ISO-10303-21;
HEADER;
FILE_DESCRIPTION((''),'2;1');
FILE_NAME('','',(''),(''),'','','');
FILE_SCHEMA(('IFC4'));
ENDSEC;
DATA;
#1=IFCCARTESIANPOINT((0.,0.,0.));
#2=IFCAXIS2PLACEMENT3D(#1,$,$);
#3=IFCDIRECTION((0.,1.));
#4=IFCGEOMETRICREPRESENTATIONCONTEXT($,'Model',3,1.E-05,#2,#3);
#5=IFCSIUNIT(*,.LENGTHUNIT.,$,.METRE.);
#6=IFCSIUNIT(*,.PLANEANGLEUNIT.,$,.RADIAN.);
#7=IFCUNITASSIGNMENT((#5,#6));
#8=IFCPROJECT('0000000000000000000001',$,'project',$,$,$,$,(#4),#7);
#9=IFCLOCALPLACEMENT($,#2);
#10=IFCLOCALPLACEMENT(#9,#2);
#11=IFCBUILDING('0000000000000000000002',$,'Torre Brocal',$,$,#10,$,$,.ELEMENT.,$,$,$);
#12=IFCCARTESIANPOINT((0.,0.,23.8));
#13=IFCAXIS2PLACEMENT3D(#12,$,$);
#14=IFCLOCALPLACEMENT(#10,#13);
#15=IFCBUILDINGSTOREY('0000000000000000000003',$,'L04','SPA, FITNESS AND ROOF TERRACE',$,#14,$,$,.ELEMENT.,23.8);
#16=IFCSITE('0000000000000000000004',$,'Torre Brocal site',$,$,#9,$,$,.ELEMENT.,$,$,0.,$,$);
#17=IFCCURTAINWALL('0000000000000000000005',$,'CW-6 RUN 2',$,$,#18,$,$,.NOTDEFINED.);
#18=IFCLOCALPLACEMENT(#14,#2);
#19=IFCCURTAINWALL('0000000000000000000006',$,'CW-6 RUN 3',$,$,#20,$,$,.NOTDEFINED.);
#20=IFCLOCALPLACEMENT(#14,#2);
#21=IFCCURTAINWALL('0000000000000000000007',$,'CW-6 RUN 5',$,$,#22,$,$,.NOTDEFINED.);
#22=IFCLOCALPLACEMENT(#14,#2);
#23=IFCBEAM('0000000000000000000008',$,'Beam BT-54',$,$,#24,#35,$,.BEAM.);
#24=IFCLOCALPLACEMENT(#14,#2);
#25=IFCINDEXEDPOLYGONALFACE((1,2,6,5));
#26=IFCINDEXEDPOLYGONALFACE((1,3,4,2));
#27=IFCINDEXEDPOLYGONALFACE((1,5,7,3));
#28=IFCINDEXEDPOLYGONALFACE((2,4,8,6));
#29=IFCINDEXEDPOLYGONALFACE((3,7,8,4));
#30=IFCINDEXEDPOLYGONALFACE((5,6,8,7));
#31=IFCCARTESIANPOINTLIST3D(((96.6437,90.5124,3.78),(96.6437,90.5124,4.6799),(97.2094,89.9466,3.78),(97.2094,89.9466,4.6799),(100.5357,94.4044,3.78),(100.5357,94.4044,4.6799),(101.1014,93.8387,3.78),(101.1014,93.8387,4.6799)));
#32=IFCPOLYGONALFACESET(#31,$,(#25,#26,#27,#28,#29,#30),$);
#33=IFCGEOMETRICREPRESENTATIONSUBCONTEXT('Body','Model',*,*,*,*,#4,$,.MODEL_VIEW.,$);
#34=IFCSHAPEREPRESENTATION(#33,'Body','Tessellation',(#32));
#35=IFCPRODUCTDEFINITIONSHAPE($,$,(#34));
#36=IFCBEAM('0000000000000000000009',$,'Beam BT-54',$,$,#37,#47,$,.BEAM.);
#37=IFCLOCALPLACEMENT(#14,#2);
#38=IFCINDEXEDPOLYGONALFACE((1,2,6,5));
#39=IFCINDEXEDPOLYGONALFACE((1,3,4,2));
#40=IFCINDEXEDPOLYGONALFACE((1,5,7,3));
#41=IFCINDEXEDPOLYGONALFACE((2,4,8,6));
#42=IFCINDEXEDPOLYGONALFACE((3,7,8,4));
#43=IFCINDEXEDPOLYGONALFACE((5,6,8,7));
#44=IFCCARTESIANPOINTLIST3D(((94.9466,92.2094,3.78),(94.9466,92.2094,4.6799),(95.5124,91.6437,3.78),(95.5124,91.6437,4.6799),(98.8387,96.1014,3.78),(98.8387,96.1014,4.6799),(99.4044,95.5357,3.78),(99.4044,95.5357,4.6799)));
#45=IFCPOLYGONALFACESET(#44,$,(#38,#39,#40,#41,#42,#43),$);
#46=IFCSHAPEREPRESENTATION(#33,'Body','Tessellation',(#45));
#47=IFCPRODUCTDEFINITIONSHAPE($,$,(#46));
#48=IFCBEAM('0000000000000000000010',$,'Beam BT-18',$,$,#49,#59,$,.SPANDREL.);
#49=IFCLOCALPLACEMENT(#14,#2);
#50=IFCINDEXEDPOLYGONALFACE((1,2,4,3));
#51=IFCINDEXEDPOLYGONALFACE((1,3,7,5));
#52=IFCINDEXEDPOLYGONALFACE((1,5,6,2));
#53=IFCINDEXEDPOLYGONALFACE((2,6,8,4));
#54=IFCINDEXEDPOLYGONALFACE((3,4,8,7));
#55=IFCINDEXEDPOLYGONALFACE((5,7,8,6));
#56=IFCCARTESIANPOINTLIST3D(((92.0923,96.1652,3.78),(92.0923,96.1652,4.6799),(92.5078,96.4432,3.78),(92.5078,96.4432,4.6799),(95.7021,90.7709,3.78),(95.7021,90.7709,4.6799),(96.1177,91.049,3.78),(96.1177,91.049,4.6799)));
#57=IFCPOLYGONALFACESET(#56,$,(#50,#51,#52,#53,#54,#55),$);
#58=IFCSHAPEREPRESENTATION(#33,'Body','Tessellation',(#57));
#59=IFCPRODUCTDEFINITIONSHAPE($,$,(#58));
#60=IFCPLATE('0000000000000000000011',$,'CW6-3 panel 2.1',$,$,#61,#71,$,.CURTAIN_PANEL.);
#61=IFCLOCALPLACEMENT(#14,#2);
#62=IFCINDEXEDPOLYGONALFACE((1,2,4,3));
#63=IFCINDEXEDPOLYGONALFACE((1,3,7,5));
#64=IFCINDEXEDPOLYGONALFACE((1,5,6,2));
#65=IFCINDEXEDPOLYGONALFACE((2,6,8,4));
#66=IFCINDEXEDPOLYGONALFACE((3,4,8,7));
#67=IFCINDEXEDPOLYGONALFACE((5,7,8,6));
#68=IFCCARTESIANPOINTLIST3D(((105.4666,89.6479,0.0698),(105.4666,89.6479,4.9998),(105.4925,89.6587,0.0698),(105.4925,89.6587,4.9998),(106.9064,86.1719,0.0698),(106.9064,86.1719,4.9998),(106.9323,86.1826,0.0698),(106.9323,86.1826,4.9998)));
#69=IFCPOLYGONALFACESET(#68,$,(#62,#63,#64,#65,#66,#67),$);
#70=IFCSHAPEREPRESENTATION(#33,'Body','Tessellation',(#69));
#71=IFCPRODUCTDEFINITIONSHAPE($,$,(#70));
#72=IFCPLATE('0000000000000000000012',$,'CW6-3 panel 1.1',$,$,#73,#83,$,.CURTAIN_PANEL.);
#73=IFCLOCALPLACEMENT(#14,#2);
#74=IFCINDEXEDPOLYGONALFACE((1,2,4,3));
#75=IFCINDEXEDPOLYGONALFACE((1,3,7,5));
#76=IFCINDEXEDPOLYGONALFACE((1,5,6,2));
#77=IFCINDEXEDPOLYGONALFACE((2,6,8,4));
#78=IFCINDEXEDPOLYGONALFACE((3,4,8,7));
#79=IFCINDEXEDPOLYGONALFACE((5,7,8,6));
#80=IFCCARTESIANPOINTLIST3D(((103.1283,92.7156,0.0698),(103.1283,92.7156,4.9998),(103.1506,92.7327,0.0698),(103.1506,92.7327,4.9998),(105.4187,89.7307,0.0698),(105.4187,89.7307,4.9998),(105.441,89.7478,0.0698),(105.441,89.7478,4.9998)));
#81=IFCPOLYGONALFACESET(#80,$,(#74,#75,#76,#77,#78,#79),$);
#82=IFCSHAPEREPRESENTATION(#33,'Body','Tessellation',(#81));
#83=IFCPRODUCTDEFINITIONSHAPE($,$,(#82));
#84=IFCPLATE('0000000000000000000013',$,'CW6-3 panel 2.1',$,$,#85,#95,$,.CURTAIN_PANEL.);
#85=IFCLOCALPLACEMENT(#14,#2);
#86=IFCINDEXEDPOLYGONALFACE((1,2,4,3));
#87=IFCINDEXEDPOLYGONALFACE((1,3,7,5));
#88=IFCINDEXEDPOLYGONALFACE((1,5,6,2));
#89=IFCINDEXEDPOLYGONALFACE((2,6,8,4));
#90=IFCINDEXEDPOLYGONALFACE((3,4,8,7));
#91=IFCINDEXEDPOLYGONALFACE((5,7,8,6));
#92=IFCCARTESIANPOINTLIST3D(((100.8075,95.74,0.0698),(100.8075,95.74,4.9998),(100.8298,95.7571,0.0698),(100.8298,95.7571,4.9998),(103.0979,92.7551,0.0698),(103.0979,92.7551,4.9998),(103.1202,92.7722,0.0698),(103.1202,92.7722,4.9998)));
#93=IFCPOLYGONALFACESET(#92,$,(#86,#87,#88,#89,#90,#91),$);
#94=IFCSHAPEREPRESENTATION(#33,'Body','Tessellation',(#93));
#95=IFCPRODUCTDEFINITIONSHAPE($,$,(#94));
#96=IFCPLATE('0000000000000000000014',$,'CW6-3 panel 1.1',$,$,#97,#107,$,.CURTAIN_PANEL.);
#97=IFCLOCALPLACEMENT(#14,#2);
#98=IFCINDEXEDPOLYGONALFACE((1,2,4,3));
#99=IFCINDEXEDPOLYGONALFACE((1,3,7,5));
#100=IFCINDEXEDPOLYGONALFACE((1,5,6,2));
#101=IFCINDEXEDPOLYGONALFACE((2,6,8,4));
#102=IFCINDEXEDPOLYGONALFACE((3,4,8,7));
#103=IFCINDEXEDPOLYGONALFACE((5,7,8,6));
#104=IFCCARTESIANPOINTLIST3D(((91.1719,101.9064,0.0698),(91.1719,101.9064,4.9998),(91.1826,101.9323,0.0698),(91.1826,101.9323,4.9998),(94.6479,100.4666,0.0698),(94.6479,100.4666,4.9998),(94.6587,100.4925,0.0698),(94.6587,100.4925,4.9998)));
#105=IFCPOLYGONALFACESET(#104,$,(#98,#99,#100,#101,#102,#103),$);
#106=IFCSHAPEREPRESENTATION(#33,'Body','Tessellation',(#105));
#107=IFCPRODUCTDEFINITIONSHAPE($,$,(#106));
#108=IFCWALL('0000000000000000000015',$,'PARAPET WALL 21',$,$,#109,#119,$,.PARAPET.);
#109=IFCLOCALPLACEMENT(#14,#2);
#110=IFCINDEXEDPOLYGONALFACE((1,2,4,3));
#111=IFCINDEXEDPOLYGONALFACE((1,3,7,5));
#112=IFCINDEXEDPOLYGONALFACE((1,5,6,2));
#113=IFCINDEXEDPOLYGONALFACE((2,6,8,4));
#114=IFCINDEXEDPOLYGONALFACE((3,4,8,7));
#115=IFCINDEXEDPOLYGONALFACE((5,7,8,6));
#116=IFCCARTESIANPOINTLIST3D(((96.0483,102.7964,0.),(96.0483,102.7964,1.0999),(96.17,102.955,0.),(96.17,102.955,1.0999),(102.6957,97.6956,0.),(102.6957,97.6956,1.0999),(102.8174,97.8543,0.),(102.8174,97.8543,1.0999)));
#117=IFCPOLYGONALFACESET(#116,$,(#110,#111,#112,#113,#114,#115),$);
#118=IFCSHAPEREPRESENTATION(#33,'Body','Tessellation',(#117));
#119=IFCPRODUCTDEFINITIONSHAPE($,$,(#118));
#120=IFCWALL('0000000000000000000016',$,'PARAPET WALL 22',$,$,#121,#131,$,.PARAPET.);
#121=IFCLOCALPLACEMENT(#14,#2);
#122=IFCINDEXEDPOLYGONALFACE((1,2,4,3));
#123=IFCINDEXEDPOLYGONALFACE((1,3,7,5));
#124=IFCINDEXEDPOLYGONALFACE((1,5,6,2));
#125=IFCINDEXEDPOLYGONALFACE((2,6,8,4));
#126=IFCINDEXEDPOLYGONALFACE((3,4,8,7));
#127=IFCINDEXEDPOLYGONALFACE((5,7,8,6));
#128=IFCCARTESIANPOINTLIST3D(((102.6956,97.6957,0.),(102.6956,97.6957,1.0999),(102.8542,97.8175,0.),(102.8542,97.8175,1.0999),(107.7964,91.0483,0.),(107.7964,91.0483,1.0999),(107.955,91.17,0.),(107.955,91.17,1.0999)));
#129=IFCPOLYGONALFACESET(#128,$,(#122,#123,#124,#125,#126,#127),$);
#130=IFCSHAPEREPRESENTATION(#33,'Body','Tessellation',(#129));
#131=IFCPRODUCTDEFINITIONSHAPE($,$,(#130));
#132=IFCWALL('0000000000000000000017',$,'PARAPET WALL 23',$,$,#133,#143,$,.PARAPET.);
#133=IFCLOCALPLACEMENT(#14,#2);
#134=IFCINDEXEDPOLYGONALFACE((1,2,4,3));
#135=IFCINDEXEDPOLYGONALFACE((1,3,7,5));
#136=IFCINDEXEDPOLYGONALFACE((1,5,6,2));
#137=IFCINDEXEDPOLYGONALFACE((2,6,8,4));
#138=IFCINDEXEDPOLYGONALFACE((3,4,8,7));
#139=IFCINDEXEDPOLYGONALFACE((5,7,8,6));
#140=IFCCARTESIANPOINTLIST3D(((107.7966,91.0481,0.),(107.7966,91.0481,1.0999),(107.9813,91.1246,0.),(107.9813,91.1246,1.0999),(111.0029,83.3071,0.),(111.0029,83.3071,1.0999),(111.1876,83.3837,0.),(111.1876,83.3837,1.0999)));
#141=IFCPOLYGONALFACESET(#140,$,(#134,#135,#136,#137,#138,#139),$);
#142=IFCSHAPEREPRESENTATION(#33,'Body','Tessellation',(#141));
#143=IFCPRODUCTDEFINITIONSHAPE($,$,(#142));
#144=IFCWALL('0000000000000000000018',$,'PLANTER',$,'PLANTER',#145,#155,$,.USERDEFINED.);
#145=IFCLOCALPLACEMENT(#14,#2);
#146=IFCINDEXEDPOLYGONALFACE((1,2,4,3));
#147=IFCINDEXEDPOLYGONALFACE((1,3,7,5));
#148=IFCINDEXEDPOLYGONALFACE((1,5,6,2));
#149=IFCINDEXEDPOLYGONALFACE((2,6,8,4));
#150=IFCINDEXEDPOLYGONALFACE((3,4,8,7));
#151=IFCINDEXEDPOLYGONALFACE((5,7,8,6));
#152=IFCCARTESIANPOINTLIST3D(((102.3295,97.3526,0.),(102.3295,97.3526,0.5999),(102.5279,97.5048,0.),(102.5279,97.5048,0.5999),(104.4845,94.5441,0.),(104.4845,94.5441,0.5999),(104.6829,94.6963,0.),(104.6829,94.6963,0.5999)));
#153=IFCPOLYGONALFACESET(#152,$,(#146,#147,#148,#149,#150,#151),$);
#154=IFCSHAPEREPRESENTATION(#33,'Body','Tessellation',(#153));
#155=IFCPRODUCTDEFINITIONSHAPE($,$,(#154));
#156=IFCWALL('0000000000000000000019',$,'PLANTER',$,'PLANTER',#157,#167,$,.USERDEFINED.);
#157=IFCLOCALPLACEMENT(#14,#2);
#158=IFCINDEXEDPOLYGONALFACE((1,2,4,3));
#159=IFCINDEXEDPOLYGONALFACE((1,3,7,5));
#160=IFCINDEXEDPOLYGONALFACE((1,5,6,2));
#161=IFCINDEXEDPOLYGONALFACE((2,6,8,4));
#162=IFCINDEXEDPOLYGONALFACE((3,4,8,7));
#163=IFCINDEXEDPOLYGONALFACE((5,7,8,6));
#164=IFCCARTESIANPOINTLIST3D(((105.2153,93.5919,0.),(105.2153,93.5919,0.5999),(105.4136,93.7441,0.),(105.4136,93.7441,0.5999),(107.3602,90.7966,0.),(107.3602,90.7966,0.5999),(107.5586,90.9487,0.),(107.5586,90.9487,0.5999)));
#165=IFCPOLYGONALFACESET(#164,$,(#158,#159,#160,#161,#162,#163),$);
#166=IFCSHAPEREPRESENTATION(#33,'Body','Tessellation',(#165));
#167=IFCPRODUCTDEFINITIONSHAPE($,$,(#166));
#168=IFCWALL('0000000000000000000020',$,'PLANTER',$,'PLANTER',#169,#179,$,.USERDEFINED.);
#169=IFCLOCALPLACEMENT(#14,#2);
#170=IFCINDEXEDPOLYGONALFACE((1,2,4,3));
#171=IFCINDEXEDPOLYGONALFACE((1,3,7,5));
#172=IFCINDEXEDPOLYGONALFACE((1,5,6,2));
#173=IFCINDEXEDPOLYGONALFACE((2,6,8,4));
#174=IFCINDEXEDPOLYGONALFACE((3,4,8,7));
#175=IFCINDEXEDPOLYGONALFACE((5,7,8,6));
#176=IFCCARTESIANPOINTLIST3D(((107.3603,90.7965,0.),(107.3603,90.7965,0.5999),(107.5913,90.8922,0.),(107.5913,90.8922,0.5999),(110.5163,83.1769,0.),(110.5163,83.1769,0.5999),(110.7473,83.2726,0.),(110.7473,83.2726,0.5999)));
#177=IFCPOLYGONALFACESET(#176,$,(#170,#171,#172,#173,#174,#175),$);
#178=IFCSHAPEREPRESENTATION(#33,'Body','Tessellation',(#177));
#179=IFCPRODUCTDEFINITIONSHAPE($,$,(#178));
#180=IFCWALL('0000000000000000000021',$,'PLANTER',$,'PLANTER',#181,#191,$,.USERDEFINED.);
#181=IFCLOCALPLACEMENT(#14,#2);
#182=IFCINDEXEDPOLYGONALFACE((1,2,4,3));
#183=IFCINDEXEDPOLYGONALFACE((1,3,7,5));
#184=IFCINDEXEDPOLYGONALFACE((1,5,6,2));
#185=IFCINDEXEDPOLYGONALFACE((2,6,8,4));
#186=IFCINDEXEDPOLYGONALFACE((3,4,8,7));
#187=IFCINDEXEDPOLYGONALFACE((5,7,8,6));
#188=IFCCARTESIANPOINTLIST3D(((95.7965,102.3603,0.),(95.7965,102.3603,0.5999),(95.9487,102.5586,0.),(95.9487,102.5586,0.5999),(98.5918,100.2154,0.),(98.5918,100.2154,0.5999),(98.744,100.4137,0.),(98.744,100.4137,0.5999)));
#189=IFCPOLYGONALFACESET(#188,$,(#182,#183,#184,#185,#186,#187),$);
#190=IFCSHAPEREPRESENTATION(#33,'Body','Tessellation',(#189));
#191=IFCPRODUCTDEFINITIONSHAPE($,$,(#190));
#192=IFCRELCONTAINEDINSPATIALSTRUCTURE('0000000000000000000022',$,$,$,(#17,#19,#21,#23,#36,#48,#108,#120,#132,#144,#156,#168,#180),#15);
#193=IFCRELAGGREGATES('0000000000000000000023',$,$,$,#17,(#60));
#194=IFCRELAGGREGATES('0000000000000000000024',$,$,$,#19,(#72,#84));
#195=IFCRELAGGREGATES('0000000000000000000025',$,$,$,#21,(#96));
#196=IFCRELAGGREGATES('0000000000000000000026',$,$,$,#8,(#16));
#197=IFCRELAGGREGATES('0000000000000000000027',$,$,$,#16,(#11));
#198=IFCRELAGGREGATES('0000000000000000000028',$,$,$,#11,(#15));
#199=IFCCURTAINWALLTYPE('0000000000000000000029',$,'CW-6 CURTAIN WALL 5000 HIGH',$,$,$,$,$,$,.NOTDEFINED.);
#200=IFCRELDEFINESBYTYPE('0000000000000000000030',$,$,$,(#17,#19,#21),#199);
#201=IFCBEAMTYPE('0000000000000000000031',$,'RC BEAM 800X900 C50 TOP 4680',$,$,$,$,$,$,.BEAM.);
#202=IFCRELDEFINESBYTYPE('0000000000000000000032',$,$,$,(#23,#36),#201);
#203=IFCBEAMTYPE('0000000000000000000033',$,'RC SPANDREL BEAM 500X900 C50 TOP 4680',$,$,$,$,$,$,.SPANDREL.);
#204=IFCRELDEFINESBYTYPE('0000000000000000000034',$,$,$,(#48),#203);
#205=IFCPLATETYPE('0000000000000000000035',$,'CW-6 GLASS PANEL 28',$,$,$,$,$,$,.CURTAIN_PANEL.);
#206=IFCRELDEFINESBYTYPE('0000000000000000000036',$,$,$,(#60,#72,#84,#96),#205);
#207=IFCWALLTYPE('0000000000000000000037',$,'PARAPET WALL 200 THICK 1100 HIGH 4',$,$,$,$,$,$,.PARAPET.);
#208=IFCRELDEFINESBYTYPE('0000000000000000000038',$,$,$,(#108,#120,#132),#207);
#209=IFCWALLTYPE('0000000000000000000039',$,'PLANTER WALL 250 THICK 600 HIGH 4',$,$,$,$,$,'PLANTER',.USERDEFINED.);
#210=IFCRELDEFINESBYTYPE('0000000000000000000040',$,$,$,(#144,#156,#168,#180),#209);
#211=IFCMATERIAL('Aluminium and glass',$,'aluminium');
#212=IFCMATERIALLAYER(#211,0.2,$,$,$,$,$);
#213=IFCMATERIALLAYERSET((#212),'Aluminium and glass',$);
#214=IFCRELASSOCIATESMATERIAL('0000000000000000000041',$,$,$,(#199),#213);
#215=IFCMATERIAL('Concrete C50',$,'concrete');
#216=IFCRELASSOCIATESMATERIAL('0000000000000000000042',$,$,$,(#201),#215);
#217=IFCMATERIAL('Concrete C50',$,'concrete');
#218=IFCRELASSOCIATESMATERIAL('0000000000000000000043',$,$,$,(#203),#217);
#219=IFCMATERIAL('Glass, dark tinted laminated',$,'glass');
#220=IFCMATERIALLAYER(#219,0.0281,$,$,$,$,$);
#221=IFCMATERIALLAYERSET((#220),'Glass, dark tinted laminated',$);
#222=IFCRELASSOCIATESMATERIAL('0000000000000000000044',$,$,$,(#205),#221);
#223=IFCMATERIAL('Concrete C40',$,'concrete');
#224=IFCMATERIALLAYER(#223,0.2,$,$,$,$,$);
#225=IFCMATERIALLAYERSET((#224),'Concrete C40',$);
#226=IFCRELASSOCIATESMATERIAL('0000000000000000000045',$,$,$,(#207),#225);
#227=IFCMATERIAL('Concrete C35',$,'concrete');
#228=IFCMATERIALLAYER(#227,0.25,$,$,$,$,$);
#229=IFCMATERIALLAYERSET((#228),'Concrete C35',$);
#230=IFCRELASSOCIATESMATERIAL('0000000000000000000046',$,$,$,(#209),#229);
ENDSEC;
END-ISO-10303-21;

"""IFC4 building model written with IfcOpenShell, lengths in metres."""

from ifc_helpers import new_model, si_unit, direction, frame, frame_2d, origin, origin_2d, place, context, subcontext, project, spatial, rectangle, extrude, material, layer, layer_set, material_profile, profile_set, type_object, element, aggregate, save


model = new_model("IFC4")

# Units and contexts
model_context = context("Model", 3, precision=1e-05, world=origin(), true_north=direction((0.0, 1.0)))
body_context = subcontext(model_context, "Body", "Model", "MODEL_VIEW")
ifc_project = project(units=[si_unit("LENGTHUNIT", "METRE"), si_unit("PLANEANGLEUNIT", "RADIAN")], contexts=[model_context])

# Site, building, storey
site_placement = place(None, origin())
site = spatial("IfcSite", under=ifc_project, at=site_placement, Name="Torre Brocal site", CompositionType="ELEMENT", RefElevation=0.0)
building_placement = place(site_placement, origin())
building = spatial("IfcBuilding", under=site, at=building_placement, Name="Torre Brocal", CompositionType="ELEMENT")
storey_placement = place(building_placement, frame((0.0, 0.0, 23.8)))
storey = spatial("IfcBuildingStorey", under=building, at=storey_placement, Name="L04", Description="SPA, FITNESS AND ROOF TERRACE", CompositionType="ELEMENT", Elevation=23.8)

# Curtain wall
ifc_material_1 = material(Name="Aluminium and glass", Category="aluminium")
ifc_layer_1 = layer(ifc_material_1, 0.2)
ifc_layer_set_1 = layer_set([ifc_layer_1], Name="Aluminium and glass")
curtain_wall_type = type_object("IfcCurtainWallType", Name="CW-6 CURTAIN WALL 5000 HIGH", PredefinedType="NOTDEFINED", material=ifc_layer_set_1)
curtain_wall_1_placement = place(storey_placement, origin())
curtain_wall_1 = element("IfcCurtainWall", 1, at=curtain_wall_1_placement, inside=storey, type_object=curtain_wall_type, Name="CW-6 RUN 2", PredefinedType="NOTDEFINED")

# Curtain wall
curtain_wall_2_placement = place(storey_placement, origin())
curtain_wall_2 = element("IfcCurtainWall", 2, at=curtain_wall_2_placement, inside=storey, type_object=curtain_wall_type, Name="CW-6 RUN 3", PredefinedType="NOTDEFINED")

# Curtain wall
curtain_wall_3_placement = place(storey_placement, origin())
curtain_wall_3 = element("IfcCurtainWall", 3, at=curtain_wall_3_placement, inside=storey, type_object=curtain_wall_type, Name="CW-6 RUN 5", PredefinedType="NOTDEFINED")

# Beams
ifc_material_2 = material(Name="Concrete C50", Category="concrete")
ifc_material_profile_1 = material_profile(ifc_material_2, rectangle(XDim=0.8, YDim=0.8999, at=origin_2d()), Name="RC 800X900")
ifc_profile_set_1 = profile_set([ifc_material_profile_1], Name="Concrete C50")
beam_type_1 = type_object("IfcBeamType", Name="RC BEAM 800X900 C50 TOP 4680", PredefinedType="BEAM", material=ifc_profile_set_1)
for number, where, z_axis, x_axis, name in (
    (4, (96.9265, 90.2295, 4.23), (0.707107, 0.707107, 0.0), (-0.707107, 0.707107, 0.0), "Beam BT-54"),
    (5, (95.2295, 91.9265, 4.23), (0.707107, 0.707107, 0.0), (-0.707107, 0.707107, 0.0), "Beam BT-54"),
):
    element("IfcBeam", number, at=place(storey_placement, frame(where, z_axis=z_axis, x_axis=x_axis)), inside=storey, type_object=beam_type_1, Name=name, PredefinedType="BEAM", context=body_context, shape_type="SweptSolid", body=[
        extrude(rectangle(XDim=0.8, YDim=0.8999, at=origin_2d()), origin(), (0.0, 0.0, 1.0), 5.5042),
    ])
ifc_material_3 = material(Name="Concrete C50", Category="concrete")
ifc_material_profile_2 = material_profile(ifc_material_3, rectangle(XDim=0.5, YDim=0.8999, at=origin_2d()), Name="RC 500X900")
ifc_profile_set_2 = profile_set([ifc_material_profile_2], Name="Concrete C50")
beam_type_2 = type_object("IfcBeamType", Name="RC SPANDREL BEAM 500X900 C50 TOP 4680", PredefinedType="SPANDREL", material=ifc_profile_set_2)
beam_placement = place(storey_placement, frame((95.9099, 90.9099, 4.23), z_axis=(-0.556158, 0.831077, 0.0), x_axis=(-0.831077, -0.556158, 0.0)))
element("IfcBeam", 6, at=beam_placement, inside=storey, type_object=beam_type_2, Name="Beam BT-18", PredefinedType="SPANDREL", context=body_context, shape_type="SweptSolid", body=[
    extrude(rectangle(XDim=0.5, YDim=0.8999, at=origin_2d()), origin(), (0.0, 0.0, 1.0), 6.4907),
])

# Plates
ifc_material_4 = material(Name="Glass, dark tinted laminated", Category="glass")
ifc_layer_2 = layer(ifc_material_4, 0.0281)
ifc_layer_set_2 = layer_set([ifc_layer_2], Name="Glass, dark tinted laminated")
plate_type = type_object("IfcPlateType", Name="CW-6 GLASS PANEL 28", PredefinedType="CURTAIN_PANEL", material=ifc_layer_set_2)
plate_1_placement = place(storey_placement, frame((106.1995, 87.9153, 0.0698), z_axis=(0.0, 0.0, 1.0), x_axis=(-0.382683, 0.92388, 0.0)))
plate_1 = element("IfcPlate", 7, at=plate_1_placement, type_object=plate_type, Name="CW6-3 panel 2.1", PredefinedType="CURTAIN_PANEL", context=body_context, shape_type="SweptSolid", body=[
    extrude(rectangle(XDim=3.7625, YDim=0.0281, at=origin_2d()), origin(), (0.0, 0.0, 1.0), 4.9299),
])
aggregate(curtain_wall_1, [plate_1])
plate_2_placement = place(storey_placement, frame((104.2847, 91.2317, 0.0698), z_axis=(0.0, 0.0, 1.0), x_axis=(-0.608761, 0.793353, 0.0)))
plate_2 = element("IfcPlate", 8, at=plate_2_placement, type_object=plate_type, Name="CW6-3 panel 1.1", PredefinedType="CURTAIN_PANEL", context=body_context, shape_type="SweptSolid", body=[
    extrude(rectangle(XDim=3.7625, YDim=0.0281, at=origin_2d()), origin(), (0.0, 0.0, 1.0), 4.9299),
])
plate_3_placement = place(storey_placement, frame((101.9639, 94.2561, 0.0698), z_axis=(0.0, 0.0, 1.0), x_axis=(-0.608761, 0.793353, 0.0)))
plate_3 = element("IfcPlate", 9, at=plate_3_placement, type_object=plate_type, Name="CW6-3 panel 2.1", PredefinedType="CURTAIN_PANEL", context=body_context, shape_type="SweptSolid", body=[
    extrude(rectangle(XDim=3.7625, YDim=0.0281, at=origin_2d()), origin(), (0.0, 0.0, 1.0), 4.9299),
])
aggregate(curtain_wall_2, [plate_2, plate_3])
plate_4_placement = place(storey_placement, frame((92.9153, 101.1995, 0.0698), z_axis=(0.0, 0.0, 1.0), x_axis=(-0.92388, 0.382683, 0.0)))
plate_4 = element("IfcPlate", 10, at=plate_4_placement, type_object=plate_type, Name="CW6-3 panel 1.1", PredefinedType="CURTAIN_PANEL", context=body_context, shape_type="SweptSolid", body=[
    extrude(rectangle(XDim=3.7625, YDim=0.0281, at=origin_2d()), origin(), (0.0, 0.0, 1.0), 4.9299),
])
aggregate(curtain_wall_3, [plate_4])

# Walls
ifc_material_5 = material(Name="Concrete C40", Category="concrete")
ifc_layer_3 = layer(ifc_material_5, 0.2)
ifc_layer_set_3 = layer_set([ifc_layer_3], Name="Concrete C40")
wall_type_1 = type_object("IfcWallType", Name="PARAPET WALL 200 THICK 1100 HIGH 4", PredefinedType="PARAPET", material=ifc_layer_set_3)
for number, where, z_axis, x_axis, name in (
    (11, (96.1091, 102.8757, 0.0), (0.0, 0.0, 1.0), (0.79335, -0.608765, 0.0), "PARAPET WALL 21"),
    (12, (102.7749, 97.7566, 0.0), (0.0, 0.0, 1.0), (0.608765, -0.79335, 0.0), "PARAPET WALL 22"),
):
    element("IfcWall", number, at=place(storey_placement, frame(where, z_axis=z_axis, x_axis=x_axis)), inside=storey, type_object=wall_type_1, Name=name, PredefinedType="PARAPET", context=body_context, shape_type="SweptSolid", body=[
        extrude(rectangle(XDim=8.3789, YDim=0.2, at=frame_2d((4.1895, 0.0))), origin(), (0.0, 0.0, 1.0), 1.0999),
    ])
wall_1_placement = place(storey_placement, frame((107.8889, 91.0864, 0.0), z_axis=(0.0, 0.0, 1.0), x_axis=(0.382672, -0.923884, 0.0)))
element("IfcWall", 13, at=wall_1_placement, inside=storey, type_object=wall_type_1, Name="PARAPET WALL 23", PredefinedType="PARAPET", context=body_context, shape_type="SweptSolid", body=[
    extrude(rectangle(XDim=8.3787, YDim=0.2, at=frame_2d((4.1895, 0.0))), origin(), (0.0, 0.0, 1.0), 1.0999),
])
ifc_material_6 = material(Name="Concrete C35", Category="concrete")
ifc_layer_4 = layer(ifc_material_6, 0.25)
ifc_layer_set_4 = layer_set([ifc_layer_4], Name="Concrete C35")
wall_type_2 = type_object("IfcWallType", Name="PLANTER WALL 250 THICK 600 HIGH 4", ElementType="PLANTER", PredefinedType="USERDEFINED", material=ifc_layer_set_4)
wall_2_placement = place(storey_placement, frame((102.4287, 97.4287, 0.0), z_axis=(0.0, 0.0, 1.0), x_axis=(0.608747, -0.793364, 0.0)))
element("IfcWall", 14, at=wall_2_placement, inside=storey, type_object=wall_type_2, Name="PLANTER", ObjectType="PLANTER", PredefinedType="USERDEFINED", context=body_context, shape_type="SweptSolid", body=[
    extrude(rectangle(XDim=3.54, YDim=0.25, at=frame_2d((1.77, 0.0))), origin(), (0.0, 0.0, 1.0), 0.5999),
])
wall_3_placement = place(storey_placement, frame((105.3145, 93.668, 0.0), z_axis=(0.0, 0.0, 1.0), x_axis=(0.608766, -0.79335, 0.0)))
element("IfcWall", 15, at=wall_3_placement, inside=storey, type_object=wall_type_2, Name="PLANTER", ObjectType="PLANTER", PredefinedType="USERDEFINED", context=body_context, shape_type="SweptSolid", body=[
    extrude(rectangle(XDim=3.5234, YDim=0.25, at=frame_2d((1.7617, 0.0))), origin(), (0.0, 0.0, 1.0), 0.5999),
])
wall_4_placement = place(storey_placement, frame((107.4758, 90.8442, 0.0), z_axis=(0.0, 0.0, 1.0), x_axis=(0.382668, -0.923886, 0.0)))
element("IfcWall", 16, at=wall_4_placement, inside=storey, type_object=wall_type_2, Name="PLANTER", ObjectType="PLANTER", PredefinedType="USERDEFINED", context=body_context, shape_type="SweptSolid", body=[
    extrude(rectangle(XDim=8.2473, YDim=0.25, at=frame_2d((4.1235, 0.0))), origin(), (0.0, 0.0, 1.0), 0.5999),
])
wall_5_placement = place(storey_placement, frame((95.8726, 102.4595, 0.0), z_axis=(0.0, 0.0, 1.0), x_axis=(0.79335, -0.608766, 0.0)))
element("IfcWall", 17, at=wall_5_placement, inside=storey, type_object=wall_type_2, Name="PLANTER", ObjectType="PLANTER", PredefinedType="USERDEFINED", context=body_context, shape_type="SweptSolid", body=[
    extrude(rectangle(XDim=3.5234, YDim=0.25, at=frame_2d((1.7617, 0.0))), origin(), (0.0, 0.0, 1.0), 0.5999),
])

save(model, "model.ifc")
